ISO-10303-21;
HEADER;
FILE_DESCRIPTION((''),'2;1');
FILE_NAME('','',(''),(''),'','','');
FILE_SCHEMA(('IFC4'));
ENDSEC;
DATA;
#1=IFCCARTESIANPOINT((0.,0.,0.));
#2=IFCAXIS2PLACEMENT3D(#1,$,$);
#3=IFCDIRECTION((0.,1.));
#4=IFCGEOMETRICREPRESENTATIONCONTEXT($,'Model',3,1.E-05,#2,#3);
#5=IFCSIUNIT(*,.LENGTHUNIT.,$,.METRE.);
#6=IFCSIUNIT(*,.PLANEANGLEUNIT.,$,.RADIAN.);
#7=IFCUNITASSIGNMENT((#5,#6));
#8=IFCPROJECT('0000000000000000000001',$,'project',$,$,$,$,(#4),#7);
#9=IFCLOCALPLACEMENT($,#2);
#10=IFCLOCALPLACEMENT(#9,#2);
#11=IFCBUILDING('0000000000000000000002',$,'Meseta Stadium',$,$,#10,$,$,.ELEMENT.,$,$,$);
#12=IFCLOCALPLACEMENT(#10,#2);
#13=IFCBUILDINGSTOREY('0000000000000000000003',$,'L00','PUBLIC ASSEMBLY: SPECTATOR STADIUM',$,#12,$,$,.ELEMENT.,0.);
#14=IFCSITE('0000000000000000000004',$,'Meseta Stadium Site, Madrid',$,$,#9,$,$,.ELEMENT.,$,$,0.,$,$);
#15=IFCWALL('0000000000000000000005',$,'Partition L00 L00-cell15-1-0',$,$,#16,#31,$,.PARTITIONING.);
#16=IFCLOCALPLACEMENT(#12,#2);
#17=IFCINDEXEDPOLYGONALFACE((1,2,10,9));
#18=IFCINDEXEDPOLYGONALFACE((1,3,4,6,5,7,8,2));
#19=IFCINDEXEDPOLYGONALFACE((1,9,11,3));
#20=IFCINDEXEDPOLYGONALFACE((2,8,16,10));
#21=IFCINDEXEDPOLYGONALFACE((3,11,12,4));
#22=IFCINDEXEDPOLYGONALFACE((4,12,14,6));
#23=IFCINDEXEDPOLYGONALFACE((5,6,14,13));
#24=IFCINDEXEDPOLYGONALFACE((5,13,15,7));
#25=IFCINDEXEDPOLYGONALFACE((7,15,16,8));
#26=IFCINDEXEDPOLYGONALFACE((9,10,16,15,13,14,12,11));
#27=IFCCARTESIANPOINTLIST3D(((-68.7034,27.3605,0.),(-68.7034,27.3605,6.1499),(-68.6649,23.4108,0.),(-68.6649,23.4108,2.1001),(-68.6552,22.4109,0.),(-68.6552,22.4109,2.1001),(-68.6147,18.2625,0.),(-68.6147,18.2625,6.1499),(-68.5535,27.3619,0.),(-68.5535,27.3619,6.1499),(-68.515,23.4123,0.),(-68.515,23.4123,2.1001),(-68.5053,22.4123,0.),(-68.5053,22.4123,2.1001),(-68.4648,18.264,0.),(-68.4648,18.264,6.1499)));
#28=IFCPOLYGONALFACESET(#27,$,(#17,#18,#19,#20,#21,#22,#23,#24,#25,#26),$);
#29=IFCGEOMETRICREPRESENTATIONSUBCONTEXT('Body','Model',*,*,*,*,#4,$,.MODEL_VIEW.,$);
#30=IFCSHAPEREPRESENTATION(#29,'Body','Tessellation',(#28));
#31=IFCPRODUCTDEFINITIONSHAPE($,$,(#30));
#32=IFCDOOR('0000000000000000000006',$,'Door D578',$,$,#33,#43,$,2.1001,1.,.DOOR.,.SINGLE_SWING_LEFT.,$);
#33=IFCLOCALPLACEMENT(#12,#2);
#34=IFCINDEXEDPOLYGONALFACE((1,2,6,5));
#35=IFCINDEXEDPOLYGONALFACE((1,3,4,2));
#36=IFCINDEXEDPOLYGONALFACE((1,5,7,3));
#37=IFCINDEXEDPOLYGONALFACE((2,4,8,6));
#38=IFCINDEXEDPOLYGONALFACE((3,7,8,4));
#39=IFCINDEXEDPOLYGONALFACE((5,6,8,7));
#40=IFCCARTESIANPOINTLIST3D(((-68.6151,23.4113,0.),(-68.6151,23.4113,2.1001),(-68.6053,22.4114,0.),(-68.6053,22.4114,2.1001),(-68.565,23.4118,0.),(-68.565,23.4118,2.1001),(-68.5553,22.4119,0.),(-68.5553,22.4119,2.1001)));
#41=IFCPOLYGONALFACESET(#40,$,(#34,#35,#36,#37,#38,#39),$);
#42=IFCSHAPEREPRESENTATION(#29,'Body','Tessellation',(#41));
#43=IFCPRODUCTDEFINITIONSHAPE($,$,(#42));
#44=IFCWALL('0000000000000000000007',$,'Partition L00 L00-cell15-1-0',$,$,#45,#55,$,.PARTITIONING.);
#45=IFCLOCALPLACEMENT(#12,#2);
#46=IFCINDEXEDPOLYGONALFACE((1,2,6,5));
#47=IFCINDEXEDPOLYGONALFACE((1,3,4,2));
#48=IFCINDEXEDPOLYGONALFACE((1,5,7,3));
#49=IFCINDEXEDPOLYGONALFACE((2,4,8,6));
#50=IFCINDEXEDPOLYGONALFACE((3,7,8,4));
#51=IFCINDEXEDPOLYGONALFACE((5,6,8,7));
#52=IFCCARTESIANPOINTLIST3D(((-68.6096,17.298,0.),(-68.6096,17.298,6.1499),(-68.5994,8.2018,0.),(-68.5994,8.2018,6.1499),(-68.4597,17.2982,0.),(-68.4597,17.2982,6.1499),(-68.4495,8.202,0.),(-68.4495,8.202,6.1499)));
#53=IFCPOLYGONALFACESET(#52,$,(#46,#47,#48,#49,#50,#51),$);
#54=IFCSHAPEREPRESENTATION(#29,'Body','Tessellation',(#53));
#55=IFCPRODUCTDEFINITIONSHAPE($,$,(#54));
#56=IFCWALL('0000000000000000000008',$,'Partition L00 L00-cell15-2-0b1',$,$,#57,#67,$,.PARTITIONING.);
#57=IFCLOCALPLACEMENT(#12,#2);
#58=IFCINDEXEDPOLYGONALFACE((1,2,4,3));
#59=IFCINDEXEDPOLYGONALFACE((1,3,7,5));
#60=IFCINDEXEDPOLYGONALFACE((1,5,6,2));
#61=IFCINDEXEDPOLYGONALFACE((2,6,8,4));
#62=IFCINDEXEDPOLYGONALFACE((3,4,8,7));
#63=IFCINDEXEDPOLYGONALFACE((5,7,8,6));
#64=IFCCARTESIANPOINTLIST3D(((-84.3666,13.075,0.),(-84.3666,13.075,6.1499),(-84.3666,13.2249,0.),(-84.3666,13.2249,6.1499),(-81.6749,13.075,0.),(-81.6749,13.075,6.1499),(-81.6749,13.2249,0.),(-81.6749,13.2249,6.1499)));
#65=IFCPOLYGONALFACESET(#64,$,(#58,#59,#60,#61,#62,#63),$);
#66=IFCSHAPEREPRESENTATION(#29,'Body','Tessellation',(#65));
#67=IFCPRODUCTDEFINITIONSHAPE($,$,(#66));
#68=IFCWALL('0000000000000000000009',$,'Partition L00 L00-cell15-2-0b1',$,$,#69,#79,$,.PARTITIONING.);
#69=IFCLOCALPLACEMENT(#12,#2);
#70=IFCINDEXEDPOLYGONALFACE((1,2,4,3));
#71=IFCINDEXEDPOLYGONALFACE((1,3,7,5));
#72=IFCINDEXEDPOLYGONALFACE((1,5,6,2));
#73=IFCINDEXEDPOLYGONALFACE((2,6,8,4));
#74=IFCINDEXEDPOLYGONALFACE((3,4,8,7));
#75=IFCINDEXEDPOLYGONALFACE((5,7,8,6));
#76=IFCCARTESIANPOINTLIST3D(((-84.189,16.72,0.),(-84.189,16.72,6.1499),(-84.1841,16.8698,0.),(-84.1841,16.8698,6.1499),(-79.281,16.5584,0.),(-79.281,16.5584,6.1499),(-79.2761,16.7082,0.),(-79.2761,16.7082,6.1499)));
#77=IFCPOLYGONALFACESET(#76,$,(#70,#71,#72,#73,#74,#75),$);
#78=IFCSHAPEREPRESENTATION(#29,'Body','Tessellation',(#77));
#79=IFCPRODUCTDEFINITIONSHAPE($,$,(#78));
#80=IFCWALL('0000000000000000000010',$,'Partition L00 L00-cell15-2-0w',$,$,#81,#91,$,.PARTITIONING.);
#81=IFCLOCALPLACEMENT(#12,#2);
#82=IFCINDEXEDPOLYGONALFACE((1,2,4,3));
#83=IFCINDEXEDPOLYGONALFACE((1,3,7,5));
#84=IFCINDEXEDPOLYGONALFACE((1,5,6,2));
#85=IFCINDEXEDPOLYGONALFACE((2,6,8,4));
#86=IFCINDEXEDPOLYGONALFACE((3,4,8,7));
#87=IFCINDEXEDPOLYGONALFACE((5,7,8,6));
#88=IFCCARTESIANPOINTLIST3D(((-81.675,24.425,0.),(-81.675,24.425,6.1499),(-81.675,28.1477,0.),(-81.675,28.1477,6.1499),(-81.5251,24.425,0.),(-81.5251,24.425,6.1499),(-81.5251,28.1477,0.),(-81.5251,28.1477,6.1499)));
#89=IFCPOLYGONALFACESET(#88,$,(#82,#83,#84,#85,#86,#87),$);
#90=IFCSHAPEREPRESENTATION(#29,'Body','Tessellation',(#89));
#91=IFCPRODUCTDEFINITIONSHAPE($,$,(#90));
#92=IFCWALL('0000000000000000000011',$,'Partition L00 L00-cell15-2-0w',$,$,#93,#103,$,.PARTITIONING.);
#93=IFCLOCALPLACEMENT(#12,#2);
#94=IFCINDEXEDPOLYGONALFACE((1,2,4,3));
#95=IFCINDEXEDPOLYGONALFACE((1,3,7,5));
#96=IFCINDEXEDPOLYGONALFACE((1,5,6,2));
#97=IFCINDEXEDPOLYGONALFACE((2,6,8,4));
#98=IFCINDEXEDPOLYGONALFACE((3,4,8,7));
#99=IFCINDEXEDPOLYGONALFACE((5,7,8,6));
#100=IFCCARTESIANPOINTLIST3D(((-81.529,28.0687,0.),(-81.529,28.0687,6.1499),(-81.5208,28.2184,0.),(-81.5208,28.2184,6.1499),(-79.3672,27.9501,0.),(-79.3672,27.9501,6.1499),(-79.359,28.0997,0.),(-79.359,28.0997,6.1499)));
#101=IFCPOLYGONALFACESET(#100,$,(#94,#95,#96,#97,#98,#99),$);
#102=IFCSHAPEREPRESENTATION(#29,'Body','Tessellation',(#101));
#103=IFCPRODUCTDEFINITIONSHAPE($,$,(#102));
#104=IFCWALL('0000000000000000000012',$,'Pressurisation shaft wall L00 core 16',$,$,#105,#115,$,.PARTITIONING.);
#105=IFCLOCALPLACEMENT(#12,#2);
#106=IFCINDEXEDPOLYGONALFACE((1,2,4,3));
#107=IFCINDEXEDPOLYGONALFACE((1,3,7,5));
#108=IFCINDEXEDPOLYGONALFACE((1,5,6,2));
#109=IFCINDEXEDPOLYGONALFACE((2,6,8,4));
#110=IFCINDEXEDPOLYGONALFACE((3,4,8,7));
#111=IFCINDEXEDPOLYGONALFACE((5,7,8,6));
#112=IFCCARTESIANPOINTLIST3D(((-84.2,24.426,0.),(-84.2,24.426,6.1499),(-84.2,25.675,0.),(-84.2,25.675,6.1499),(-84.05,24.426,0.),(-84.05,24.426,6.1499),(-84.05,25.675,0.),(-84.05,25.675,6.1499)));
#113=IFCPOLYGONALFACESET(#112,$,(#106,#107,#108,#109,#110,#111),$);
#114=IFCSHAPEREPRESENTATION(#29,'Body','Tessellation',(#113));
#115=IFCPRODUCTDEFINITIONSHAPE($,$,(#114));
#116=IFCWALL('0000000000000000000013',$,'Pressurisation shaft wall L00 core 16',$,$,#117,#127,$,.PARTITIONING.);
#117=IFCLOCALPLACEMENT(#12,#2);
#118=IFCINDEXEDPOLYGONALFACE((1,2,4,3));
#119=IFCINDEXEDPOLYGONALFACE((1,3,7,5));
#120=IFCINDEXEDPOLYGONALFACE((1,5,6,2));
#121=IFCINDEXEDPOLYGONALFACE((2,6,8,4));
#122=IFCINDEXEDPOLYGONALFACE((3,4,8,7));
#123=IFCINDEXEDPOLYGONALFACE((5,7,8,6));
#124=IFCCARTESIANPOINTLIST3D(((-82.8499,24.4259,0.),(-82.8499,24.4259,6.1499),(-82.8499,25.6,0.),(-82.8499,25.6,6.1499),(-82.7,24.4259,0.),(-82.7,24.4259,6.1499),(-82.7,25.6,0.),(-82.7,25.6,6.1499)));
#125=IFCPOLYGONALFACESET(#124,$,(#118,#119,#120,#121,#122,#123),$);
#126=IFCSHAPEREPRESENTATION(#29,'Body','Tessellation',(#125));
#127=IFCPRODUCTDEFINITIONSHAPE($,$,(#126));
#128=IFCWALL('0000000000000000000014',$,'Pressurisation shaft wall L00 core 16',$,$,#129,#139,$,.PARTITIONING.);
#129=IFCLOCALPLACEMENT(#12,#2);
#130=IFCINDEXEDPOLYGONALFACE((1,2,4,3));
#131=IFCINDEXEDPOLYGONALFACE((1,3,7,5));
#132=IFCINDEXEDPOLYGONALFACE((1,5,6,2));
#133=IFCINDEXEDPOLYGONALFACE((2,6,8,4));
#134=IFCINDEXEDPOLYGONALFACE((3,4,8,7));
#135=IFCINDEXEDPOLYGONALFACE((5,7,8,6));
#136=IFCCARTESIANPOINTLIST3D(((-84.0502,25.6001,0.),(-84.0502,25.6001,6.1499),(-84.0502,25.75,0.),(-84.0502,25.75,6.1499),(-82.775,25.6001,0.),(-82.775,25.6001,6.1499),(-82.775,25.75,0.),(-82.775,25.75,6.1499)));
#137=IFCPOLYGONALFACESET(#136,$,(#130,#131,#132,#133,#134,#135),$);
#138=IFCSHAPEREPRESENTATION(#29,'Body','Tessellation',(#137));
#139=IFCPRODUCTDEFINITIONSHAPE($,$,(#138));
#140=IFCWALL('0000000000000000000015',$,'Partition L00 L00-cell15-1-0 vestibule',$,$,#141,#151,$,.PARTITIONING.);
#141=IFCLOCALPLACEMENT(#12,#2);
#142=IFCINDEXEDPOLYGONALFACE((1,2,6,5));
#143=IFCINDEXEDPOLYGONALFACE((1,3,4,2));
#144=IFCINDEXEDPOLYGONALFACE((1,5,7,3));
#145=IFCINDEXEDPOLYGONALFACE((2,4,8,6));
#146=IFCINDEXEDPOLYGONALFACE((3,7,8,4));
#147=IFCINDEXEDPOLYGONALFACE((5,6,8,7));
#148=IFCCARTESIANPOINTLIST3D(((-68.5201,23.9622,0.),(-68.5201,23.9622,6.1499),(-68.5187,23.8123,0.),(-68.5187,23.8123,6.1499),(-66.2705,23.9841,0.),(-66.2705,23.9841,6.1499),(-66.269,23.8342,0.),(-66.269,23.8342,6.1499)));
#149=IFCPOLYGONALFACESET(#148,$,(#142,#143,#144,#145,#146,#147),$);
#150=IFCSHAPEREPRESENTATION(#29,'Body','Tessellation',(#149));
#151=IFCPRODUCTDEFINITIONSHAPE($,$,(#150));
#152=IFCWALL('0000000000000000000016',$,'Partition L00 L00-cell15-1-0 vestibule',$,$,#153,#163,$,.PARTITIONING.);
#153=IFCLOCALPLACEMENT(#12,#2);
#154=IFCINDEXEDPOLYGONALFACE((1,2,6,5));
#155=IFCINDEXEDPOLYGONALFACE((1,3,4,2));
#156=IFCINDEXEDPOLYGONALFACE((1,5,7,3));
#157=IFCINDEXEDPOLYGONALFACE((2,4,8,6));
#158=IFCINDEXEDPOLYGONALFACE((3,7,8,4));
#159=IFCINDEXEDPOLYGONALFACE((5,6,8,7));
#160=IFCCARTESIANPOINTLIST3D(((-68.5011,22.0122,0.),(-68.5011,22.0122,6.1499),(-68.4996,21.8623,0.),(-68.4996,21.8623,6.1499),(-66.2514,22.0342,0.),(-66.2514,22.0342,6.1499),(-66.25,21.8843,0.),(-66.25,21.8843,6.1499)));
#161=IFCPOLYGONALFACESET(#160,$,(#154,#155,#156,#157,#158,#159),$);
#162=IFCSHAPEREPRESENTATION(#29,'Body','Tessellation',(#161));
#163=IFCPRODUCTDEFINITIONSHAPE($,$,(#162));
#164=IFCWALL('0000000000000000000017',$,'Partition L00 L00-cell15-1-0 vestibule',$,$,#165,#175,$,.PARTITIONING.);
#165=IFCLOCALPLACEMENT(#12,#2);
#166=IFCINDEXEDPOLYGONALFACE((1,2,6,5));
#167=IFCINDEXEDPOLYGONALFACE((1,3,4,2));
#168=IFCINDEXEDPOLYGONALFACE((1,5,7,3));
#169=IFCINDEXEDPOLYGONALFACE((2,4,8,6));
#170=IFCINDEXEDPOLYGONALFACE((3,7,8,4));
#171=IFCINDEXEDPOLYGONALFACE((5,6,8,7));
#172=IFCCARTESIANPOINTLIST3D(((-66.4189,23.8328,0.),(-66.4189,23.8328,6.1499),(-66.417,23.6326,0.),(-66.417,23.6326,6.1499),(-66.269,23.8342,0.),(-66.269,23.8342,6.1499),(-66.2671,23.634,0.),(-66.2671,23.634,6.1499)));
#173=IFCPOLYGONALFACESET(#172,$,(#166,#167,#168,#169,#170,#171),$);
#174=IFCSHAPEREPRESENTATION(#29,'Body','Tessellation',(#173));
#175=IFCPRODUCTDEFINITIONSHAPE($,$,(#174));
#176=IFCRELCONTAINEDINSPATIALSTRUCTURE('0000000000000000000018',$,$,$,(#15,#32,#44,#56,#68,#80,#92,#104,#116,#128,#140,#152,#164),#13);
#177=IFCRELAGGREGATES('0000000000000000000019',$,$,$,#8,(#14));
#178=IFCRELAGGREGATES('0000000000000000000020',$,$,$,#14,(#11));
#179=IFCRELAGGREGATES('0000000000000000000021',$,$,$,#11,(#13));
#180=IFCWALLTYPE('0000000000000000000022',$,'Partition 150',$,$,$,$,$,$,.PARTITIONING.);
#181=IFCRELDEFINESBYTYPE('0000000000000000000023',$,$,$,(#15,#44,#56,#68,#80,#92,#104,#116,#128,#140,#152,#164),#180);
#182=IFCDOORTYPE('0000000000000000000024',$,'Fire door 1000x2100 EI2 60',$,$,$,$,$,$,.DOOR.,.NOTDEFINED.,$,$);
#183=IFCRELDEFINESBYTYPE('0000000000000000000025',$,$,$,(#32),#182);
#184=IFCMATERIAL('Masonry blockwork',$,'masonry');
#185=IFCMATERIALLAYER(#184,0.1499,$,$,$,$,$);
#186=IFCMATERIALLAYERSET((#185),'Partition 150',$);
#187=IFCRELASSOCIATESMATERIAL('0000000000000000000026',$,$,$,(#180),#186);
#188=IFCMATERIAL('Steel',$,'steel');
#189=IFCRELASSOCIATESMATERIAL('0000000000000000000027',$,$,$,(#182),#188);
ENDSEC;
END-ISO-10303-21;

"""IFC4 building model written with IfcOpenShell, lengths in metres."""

from ifc_helpers import new_model, si_unit, direction, frame, frame_2d, origin, place, context, subcontext, project, spatial, rectangle, extrude, material, layer, layer_set, type_object, element, fill, save


model = new_model("IFC4")

# Units and contexts
model_context = context("Model", 3, precision=1e-05, world=origin(), true_north=direction((0.0, 1.0)))
body_context = subcontext(model_context, "Body", "Model", "MODEL_VIEW")
ifc_project = project(units=[si_unit("LENGTHUNIT", "METRE"), si_unit("PLANEANGLEUNIT", "RADIAN")], contexts=[model_context])

# Site, building, storey
site_placement = place(None, origin())
site = spatial("IfcSite", under=ifc_project, at=site_placement, Name="Meseta Stadium Site, Madrid", CompositionType="ELEMENT", RefElevation=0.0)
building_placement = place(site_placement, origin())
building = spatial("IfcBuilding", under=site, at=building_placement, Name="Meseta Stadium", CompositionType="ELEMENT")
storey_placement = place(building_placement, origin())
storey = spatial("IfcBuildingStorey", under=building, at=storey_placement, Name="L00", Description="PUBLIC ASSEMBLY: SPECTATOR STADIUM", CompositionType="ELEMENT", Elevation=0.0)

# Shared definitions
ifc_material_1 = material(Name="Masonry blockwork", Category="masonry")
ifc_layer = layer(ifc_material_1, 0.1499)
ifc_layer_set = layer_set([ifc_layer], Name="Partition 150")
wall_type = type_object("IfcWallType", Name="Partition 150", PredefinedType="PARTITIONING", material=ifc_layer_set)

# Wall, opening, door
wall_1_placement = place(storey_placement, frame((-68.6284, 27.3613, 0.0), z_axis=(0.0, 0.0, 1.0), x_axis=(0.009741, -0.999953, 0.0)))
wall_1 = element("IfcWall", 1, at=wall_1_placement, inside=storey, type_object=wall_type, Name="Partition L00 L00-cell15-1-0", PredefinedType="PARTITIONING", context=body_context, shape_type="SweptSolid", body=[
    extrude(rectangle(XDim=9.0984, YDim=0.1499, at=frame_2d((4.5493, 0.0))), origin(), (0.0, 0.0, 1.0), 6.1499),
])
opening_1_placement = place(wall_1_placement, frame((3.95, 0.0, 0.0)))
opening_1 = element("IfcOpeningElement", 2, at=opening_1_placement, cuts=wall_1, PredefinedType="OPENING", context=body_context, shape_type="SweptSolid", body=[
    extrude(rectangle(XDim=1.0, YDim=2.1001, at=frame_2d((0.5, 1.05))), frame((0.0, 0.085, 0.0), z_axis=(0.0, -1.0, 0.0), x_axis=(1.0, 0.0, 0.0)), (0.0, 0.0, 1.0), 0.1699),
])
ifc_material_2 = material(Name="Steel", Category="steel")
door_type = type_object("IfcDoorType", Name="Fire door 1000x2100 EI2 60", OperationType="NOTDEFINED", PredefinedType="DOOR", material=ifc_material_2)
door_1_placement = place(opening_1_placement, origin())
door_1 = element("IfcDoor", 3, at=door_1_placement, inside=storey, type_object=door_type, Name="Door D578", OperationType="SINGLE_SWING_LEFT", OverallHeight=2.1001, OverallWidth=1.0, PredefinedType="DOOR", context=body_context, shape_type="SweptSolid", body=[
    extrude(rectangle(XDim=1.0, YDim=2.1001, at=frame_2d((0.5, 1.05))), frame((0.0, 0.0249, 0.0), z_axis=(0.0, -1.0, 0.0), x_axis=(1.0, 0.0, 0.0)), (0.0, 0.0, 1.0), 0.05),
])
fill(opening_1, door_1)

# Walls
wall_2_placement = place(storey_placement, frame((-68.5347, 17.2981, 0.0), z_axis=(0.0, 0.0, 1.0), x_axis=(0.001127, -0.999999, 0.0)))
element("IfcWall", 4, at=wall_2_placement, inside=storey, type_object=wall_type, Name="Partition L00 L00-cell15-1-0", PredefinedType="PARTITIONING", context=body_context, shape_type="SweptSolid", body=[
    extrude(rectangle(XDim=9.0962, YDim=0.1499, at=frame_2d((4.5481, 0.0))), origin(), (0.0, 0.0, 1.0), 6.1499),
])
wall_3_placement = place(storey_placement, frame((-81.675, 13.1499, 0.0), z_axis=(0.0, 0.0, 1.0), x_axis=(-1.0, 0.0, 0.0)))
element("IfcWall", 5, at=wall_3_placement, inside=storey, type_object=wall_type, Name="Partition L00 L00-cell15-2-0b1", PredefinedType="PARTITIONING", context=body_context, shape_type="SweptSolid", body=[
    extrude(rectangle(XDim=2.6917, YDim=0.1499, at=frame_2d((1.3457, 0.0))), origin(), (0.0, 0.0, 1.0), 6.1499),
])
wall_4_placement = place(storey_placement, frame((-84.1865, 16.7949, 0.0), z_axis=(0.0, 0.0, 1.0), x_axis=(0.999458, -0.032913, 0.0)))
element("IfcWall", 6, at=wall_4_placement, inside=storey, type_object=wall_type, Name="Partition L00 L00-cell15-2-0b1", PredefinedType="PARTITIONING", context=body_context, shape_type="SweptSolid", body=[
    extrude(rectangle(XDim=4.9106, YDim=0.1499, at=frame_2d((2.4553, 0.0))), origin(), (0.0, 0.0, 1.0), 6.1499),
])
wall_5_placement = place(storey_placement, frame((-81.6001, 24.425, 0.0), z_axis=(0.0, 0.0, 1.0), x_axis=(0.0, 1.0, 0.0)))
element("IfcWall", 7, at=wall_5_placement, inside=storey, type_object=wall_type, Name="Partition L00 L00-cell15-2-0w", PredefinedType="PARTITIONING", context=body_context, shape_type="SweptSolid", body=[
    extrude(rectangle(XDim=3.7227, YDim=0.1499, at=frame_2d((1.8613, 0.0))), origin(), (0.0, 0.0, 1.0), 6.1499),
])
wall_6_placement = place(storey_placement, frame((-81.5249, 28.1436, 0.0), z_axis=(0.0, 0.0, 1.0), x_axis=(0.998497, -0.054802, 0.0)))
element("IfcWall", 8, at=wall_6_placement, inside=storey, type_object=wall_type, Name="Partition L00 L00-cell15-2-0w", PredefinedType="PARTITIONING", context=body_context, shape_type="SweptSolid", body=[
    extrude(rectangle(XDim=2.165, YDim=0.1499, at=frame_2d((1.0825, 0.0))), origin(), (0.0, 0.0, 1.0), 6.1499),
])
wall_7_placement = place(storey_placement, frame((-84.125, 25.675, 0.0), z_axis=(0.0, 0.0, 1.0), x_axis=(0.0, -1.0, 0.0)))
element("IfcWall", 9, at=wall_7_placement, inside=storey, type_object=wall_type, Name="Pressurisation shaft wall L00 core 16", PredefinedType="PARTITIONING", context=body_context, shape_type="SweptSolid", body=[
    extrude(rectangle(XDim=1.249, YDim=0.1499, at=frame_2d((0.6245, 0.0))), origin(), (0.0, 0.0, 1.0), 6.1499),
])
wall_8_placement = place(storey_placement, frame((-82.7749, 24.426, 0.0), z_axis=(0.0, 0.0, 1.0), x_axis=(0.0, 1.0, 0.0)))
element("IfcWall", 10, at=wall_8_placement, inside=storey, type_object=wall_type, Name="Pressurisation shaft wall L00 core 16", PredefinedType="PARTITIONING", context=body_context, shape_type="SweptSolid", body=[
    extrude(rectangle(XDim=1.1741, YDim=0.1499, at=frame_2d((0.5869, 0.0))), origin(), (0.0, 0.0, 1.0), 6.1499),
])
wall_9_placement = place(storey_placement, frame((-82.7749, 25.675, 0.0), z_axis=(0.0, 0.0, 1.0), x_axis=(-1.0, 0.0, 0.0)))
element("IfcWall", 11, at=wall_9_placement, inside=storey, type_object=wall_type, Name="Pressurisation shaft wall L00 core 16", PredefinedType="PARTITIONING", context=body_context, shape_type="SweptSolid", body=[
    extrude(rectangle(XDim=1.2751, YDim=0.1499, at=frame_2d((0.6377, 0.0))), origin(), (0.0, 0.0, 1.0), 6.1499),
])
for number, where, z_axis, x_axis, name in (
    (12, (-68.5195, 23.8872, 0.0), (0.0, 0.0, 1.0), (0.999952, 0.009766, 0.0), "Partition L00 L00-cell15-1-0 vestibule"),
    (13, (-68.5005, 21.9373, 0.0), (0.0, 0.0, 1.0), (0.999952, 0.009766, 0.0), "Partition L00 L00-cell15-1-0 vestibule"),
):
    element("IfcWall", number, at=place(storey_placement, frame(where, z_axis=z_axis, x_axis=x_axis)), inside=storey, type_object=wall_type, Name=name, PredefinedType="PARTITIONING", context=body_context, shape_type="SweptSolid", body=[
        extrude(rectangle(XDim=2.2498, YDim=0.1499, at=frame_2d((1.125, 0.0))), origin(), (0.0, 0.0, 1.0), 6.1499),
    ])
wall_10_placement = place(storey_placement, frame((-66.344, 23.8335, 0.0), z_axis=(0.0, 0.0, 1.0), x_axis=(0.009756, -0.999952, 0.0)))
element("IfcWall", 14, at=wall_10_placement, inside=storey, type_object=wall_type, Name="Partition L00 L00-cell15-1-0 vestibule", PredefinedType="PARTITIONING", context=body_context, shape_type="SweptSolid", body=[
    extrude(rectangle(XDim=0.2002, YDim=0.1499, at=frame_2d((0.1001, 0.0))), origin(), (0.0, 0.0, 1.0), 6.1499),
])

save(model, "model.ifc")
